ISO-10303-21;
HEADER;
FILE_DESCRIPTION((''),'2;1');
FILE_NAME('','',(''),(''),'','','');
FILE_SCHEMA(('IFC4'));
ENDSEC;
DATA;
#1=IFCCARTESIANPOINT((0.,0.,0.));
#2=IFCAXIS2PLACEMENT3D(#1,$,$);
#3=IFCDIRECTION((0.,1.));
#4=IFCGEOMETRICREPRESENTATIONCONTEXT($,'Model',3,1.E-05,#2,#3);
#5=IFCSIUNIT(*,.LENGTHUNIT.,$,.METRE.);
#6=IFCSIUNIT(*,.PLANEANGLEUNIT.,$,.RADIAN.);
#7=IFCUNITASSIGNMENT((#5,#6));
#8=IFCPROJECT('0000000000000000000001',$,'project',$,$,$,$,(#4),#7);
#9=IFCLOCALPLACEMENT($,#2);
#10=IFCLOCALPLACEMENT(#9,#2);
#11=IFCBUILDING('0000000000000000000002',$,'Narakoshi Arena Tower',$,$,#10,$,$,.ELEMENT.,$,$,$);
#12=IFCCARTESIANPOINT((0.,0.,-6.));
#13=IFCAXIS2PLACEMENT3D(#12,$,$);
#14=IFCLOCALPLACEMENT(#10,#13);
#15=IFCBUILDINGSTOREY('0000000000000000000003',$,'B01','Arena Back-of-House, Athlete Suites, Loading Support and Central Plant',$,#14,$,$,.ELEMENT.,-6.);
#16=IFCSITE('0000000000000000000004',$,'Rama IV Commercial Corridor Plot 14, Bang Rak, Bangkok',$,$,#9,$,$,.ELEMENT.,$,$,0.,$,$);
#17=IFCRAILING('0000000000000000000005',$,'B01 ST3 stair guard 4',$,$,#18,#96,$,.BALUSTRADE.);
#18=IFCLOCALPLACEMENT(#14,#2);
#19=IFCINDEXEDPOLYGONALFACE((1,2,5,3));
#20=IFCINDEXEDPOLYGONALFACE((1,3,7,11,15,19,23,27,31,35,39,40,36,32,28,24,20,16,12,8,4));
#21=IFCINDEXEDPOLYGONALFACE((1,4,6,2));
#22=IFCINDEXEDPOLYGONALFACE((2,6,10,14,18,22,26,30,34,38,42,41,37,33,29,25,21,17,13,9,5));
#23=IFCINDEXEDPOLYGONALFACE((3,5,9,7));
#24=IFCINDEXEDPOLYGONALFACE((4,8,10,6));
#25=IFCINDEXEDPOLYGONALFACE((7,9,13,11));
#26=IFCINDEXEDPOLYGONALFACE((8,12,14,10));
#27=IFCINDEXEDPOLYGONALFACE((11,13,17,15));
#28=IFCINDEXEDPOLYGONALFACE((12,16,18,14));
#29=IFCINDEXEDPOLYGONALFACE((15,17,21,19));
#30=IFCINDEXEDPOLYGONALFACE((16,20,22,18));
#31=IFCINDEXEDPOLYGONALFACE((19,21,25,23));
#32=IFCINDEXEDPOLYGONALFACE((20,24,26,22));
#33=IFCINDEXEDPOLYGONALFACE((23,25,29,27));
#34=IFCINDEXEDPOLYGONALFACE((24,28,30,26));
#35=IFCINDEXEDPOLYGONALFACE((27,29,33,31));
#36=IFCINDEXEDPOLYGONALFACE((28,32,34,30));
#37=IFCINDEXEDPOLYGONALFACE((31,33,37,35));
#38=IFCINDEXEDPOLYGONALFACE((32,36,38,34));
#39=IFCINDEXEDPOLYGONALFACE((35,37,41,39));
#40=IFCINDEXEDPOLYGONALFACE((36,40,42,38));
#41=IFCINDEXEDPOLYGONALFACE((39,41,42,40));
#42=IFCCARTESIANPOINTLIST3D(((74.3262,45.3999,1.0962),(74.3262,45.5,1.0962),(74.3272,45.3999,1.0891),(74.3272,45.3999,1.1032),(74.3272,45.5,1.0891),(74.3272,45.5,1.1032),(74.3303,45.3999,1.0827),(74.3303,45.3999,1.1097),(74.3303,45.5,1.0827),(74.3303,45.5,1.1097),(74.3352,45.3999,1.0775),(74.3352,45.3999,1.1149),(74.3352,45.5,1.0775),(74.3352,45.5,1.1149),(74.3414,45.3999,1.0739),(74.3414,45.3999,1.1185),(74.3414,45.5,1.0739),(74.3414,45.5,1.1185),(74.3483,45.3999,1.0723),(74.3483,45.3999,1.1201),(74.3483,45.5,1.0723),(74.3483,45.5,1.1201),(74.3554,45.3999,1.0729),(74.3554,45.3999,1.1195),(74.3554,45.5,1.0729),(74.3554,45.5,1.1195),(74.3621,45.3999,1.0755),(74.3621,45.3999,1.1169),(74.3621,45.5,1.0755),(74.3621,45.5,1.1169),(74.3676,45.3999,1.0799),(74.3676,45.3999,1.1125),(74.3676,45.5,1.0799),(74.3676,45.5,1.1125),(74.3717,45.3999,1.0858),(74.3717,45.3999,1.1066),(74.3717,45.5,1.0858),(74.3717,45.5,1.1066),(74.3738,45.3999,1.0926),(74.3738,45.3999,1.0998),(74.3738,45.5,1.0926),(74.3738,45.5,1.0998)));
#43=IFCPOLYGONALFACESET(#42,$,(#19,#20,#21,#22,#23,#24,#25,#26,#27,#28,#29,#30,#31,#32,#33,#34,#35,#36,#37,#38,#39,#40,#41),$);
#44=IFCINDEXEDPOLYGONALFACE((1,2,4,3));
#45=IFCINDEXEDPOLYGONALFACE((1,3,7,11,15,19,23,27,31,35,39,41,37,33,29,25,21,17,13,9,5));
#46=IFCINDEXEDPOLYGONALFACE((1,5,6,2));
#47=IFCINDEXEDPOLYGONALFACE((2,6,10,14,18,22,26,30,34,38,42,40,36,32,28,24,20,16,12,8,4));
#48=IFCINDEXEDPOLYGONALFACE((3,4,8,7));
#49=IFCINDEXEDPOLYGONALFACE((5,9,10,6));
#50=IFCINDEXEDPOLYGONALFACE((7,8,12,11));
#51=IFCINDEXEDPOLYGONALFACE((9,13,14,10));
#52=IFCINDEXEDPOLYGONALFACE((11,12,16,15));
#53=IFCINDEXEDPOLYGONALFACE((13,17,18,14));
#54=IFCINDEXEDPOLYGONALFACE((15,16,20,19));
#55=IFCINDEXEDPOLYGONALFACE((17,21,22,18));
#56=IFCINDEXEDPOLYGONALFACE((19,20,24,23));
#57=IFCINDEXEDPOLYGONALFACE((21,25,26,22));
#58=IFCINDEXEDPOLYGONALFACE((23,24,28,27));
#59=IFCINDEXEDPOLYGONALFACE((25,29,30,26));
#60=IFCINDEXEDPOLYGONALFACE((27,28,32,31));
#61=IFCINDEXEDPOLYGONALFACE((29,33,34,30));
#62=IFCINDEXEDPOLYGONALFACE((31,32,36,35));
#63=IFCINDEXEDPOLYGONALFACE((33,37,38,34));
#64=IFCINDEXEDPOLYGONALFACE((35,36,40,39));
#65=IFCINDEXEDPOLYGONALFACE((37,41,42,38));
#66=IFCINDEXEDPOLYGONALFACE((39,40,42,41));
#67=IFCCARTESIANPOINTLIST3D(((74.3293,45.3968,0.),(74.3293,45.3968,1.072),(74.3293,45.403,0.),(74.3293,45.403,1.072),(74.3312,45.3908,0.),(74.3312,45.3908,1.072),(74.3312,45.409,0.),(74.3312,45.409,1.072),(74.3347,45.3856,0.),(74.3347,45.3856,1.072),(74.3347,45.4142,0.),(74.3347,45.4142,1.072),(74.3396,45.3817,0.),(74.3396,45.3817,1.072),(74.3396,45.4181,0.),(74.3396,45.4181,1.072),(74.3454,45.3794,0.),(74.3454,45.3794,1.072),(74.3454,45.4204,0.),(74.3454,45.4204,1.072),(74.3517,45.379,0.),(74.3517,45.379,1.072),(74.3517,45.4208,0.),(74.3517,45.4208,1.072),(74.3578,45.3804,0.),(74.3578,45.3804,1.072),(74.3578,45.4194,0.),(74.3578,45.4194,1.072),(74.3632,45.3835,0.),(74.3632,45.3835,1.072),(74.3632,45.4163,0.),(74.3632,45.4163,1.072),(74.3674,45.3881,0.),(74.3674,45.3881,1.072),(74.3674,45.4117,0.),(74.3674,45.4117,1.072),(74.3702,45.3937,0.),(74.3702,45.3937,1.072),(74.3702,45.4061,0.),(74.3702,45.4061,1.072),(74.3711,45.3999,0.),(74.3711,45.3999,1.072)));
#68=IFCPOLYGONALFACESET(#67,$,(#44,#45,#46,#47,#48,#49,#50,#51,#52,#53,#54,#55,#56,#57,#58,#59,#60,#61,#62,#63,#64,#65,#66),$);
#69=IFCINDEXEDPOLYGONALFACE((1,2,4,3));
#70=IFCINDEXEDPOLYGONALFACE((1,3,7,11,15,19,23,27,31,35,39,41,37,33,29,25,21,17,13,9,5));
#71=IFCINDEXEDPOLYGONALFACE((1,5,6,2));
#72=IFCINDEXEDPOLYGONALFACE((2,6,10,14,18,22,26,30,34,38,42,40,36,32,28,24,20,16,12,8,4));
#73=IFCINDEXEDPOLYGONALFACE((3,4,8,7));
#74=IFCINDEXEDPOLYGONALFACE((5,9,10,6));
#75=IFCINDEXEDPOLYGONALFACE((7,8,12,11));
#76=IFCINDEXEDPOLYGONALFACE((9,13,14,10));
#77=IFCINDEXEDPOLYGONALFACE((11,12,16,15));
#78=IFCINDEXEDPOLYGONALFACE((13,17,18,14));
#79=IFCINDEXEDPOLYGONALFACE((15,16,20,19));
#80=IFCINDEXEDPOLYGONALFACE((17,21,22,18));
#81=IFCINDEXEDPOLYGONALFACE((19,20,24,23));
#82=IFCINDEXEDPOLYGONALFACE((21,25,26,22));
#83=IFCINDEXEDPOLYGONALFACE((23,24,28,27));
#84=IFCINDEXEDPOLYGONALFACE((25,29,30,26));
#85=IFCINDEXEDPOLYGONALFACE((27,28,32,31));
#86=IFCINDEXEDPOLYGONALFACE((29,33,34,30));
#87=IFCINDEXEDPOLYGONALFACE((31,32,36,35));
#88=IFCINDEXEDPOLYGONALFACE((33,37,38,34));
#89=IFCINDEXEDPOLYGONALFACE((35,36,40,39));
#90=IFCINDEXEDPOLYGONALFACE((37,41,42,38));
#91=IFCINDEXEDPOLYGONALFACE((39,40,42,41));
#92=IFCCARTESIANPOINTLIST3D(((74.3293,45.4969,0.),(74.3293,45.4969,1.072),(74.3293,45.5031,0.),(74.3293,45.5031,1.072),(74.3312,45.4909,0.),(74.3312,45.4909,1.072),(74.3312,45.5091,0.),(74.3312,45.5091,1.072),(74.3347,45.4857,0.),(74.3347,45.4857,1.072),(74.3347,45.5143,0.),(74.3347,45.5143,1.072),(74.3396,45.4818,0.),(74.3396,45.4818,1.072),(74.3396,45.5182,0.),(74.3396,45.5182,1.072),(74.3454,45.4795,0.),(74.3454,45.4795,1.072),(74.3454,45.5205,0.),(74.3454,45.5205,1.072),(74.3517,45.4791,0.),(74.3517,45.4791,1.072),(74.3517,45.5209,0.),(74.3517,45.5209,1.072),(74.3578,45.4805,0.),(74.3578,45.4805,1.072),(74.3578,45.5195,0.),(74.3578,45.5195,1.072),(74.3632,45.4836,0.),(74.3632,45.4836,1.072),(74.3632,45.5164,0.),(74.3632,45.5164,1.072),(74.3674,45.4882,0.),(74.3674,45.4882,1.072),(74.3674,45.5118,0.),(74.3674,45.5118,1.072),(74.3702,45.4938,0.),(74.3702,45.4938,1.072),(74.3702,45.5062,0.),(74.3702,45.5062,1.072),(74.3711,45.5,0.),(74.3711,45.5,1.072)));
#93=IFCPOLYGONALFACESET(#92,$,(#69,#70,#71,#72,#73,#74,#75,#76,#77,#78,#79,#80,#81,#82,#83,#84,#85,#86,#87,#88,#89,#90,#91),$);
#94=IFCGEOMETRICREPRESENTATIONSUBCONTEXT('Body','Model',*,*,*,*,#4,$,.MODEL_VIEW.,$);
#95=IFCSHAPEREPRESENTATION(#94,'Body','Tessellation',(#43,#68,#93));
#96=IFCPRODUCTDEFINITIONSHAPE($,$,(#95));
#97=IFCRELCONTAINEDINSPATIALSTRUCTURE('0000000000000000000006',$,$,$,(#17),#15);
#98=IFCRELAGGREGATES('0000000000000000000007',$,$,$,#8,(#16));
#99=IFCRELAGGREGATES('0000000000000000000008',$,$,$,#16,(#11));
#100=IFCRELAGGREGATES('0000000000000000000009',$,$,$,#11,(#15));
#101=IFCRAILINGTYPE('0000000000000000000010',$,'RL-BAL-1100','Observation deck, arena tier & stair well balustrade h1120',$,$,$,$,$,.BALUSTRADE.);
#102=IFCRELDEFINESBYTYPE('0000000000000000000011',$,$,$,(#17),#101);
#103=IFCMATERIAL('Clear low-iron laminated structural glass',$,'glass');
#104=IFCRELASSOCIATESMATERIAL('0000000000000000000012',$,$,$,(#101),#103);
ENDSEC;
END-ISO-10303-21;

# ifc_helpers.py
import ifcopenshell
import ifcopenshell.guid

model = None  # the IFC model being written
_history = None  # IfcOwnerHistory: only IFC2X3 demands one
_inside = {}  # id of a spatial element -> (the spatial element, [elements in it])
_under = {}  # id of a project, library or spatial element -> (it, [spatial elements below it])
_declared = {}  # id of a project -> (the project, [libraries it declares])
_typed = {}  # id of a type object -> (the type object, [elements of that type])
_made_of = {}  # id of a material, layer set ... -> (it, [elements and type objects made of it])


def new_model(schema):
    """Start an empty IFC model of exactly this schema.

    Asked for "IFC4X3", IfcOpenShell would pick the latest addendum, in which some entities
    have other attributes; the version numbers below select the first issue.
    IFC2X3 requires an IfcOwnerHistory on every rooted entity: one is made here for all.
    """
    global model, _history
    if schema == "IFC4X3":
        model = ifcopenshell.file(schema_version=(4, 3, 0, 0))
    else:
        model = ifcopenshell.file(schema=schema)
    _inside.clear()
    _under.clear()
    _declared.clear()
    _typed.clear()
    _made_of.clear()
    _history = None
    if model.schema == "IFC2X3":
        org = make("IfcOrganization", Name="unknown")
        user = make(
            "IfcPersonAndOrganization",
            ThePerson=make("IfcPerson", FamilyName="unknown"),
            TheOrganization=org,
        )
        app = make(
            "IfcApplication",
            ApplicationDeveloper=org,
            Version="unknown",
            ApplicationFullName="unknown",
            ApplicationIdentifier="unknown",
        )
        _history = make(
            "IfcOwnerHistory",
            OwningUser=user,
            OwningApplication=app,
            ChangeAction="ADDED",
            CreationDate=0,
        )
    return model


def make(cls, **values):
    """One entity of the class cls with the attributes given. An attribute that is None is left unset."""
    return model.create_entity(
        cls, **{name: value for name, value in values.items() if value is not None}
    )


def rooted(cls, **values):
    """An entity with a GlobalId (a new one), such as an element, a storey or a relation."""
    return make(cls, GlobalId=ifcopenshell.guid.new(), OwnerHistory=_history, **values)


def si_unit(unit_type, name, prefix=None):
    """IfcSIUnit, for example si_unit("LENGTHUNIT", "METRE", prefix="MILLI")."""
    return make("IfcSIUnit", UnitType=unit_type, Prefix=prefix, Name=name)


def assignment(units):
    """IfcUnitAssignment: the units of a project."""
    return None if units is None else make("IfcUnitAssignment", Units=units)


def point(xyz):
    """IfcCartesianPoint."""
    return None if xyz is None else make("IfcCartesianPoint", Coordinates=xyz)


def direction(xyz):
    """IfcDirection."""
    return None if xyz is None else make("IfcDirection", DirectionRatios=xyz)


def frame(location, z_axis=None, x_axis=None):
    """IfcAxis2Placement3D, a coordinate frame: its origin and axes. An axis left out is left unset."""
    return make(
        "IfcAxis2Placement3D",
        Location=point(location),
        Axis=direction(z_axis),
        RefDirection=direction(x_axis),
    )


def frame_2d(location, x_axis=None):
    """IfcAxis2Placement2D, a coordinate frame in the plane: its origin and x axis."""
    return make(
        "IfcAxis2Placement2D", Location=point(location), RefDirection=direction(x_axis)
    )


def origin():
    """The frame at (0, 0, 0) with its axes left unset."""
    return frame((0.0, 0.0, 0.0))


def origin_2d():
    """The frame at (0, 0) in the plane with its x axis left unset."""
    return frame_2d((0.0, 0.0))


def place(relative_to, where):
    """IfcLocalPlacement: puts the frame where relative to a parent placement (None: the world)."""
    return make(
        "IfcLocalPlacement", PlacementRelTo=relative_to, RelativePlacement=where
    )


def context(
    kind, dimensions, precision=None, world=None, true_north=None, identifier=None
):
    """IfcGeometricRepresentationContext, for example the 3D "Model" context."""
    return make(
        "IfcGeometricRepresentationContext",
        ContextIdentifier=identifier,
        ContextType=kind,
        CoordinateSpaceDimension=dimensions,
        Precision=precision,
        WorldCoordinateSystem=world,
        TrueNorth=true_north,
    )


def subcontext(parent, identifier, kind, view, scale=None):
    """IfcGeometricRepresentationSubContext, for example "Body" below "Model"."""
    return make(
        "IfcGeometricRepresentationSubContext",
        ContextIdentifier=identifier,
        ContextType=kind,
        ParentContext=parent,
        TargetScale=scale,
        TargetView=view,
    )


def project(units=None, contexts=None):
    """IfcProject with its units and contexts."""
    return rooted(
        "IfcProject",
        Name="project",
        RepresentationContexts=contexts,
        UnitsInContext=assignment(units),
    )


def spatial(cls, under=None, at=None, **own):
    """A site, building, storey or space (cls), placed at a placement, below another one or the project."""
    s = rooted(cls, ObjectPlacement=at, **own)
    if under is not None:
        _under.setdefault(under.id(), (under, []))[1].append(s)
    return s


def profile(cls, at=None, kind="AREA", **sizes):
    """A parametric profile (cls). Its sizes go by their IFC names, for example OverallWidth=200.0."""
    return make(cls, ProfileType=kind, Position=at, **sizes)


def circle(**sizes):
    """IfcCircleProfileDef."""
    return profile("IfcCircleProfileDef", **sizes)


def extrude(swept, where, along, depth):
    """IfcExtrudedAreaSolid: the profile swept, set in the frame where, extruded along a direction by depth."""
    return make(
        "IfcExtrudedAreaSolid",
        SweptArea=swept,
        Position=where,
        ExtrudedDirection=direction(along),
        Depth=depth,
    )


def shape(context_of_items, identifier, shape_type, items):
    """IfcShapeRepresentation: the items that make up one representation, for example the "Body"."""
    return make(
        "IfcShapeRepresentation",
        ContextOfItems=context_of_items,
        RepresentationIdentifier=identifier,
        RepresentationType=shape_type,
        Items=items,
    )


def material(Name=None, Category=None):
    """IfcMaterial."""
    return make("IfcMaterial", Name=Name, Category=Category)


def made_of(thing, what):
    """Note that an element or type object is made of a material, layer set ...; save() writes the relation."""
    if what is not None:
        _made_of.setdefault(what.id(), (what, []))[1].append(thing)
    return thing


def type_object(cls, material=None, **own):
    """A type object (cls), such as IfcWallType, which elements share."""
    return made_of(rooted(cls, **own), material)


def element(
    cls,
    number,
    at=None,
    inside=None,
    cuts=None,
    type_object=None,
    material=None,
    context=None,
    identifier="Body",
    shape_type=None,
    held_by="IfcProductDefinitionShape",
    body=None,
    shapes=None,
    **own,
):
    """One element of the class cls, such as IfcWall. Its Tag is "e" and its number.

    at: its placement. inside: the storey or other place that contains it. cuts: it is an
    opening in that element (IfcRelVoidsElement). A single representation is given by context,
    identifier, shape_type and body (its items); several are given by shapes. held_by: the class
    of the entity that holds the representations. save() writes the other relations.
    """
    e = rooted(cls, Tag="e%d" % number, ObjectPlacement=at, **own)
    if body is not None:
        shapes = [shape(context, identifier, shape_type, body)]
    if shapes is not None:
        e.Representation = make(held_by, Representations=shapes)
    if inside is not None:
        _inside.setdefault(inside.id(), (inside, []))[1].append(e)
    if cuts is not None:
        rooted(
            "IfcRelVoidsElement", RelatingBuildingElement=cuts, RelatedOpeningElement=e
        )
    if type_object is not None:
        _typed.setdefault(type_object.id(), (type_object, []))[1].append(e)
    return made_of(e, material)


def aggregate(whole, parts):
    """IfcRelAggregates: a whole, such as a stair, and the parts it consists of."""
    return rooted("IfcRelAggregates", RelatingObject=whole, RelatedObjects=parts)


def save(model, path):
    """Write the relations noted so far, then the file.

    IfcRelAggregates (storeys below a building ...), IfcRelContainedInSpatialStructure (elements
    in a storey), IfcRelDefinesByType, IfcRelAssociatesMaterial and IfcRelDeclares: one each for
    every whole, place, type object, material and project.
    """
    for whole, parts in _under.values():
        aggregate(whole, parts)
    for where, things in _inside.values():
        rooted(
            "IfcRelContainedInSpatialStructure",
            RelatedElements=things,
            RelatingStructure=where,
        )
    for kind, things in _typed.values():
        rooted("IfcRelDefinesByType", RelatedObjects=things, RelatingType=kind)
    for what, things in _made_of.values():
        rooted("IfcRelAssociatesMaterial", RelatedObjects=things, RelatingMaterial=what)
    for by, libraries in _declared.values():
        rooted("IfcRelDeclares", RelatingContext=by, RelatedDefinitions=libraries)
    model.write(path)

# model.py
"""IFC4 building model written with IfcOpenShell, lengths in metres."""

from ifc_helpers import new_model, si_unit, direction, frame, origin, origin_2d, place, context, subcontext, project, spatial, circle, extrude, material, type_object, element, save


model = new_model("IFC4")

# Units and contexts
model_context = context("Model", 3, precision=1e-05, world=origin(), true_north=direction((0.0, 1.0)))
body_context = subcontext(model_context, "Body", "Model", "MODEL_VIEW")
ifc_project = project(units=[si_unit("LENGTHUNIT", "METRE"), si_unit("PLANEANGLEUNIT", "RADIAN")], contexts=[model_context])

# Site, building, storey
site_placement = place(None, origin())
site = spatial("IfcSite", under=ifc_project, at=site_placement, Name="Rama IV Commercial Corridor Plot 14, Bang Rak, Bangkok", CompositionType="ELEMENT", RefElevation=0.0)
building_placement = place(site_placement, origin())
building = spatial("IfcBuilding", under=site, at=building_placement, Name="Narakoshi Arena Tower", CompositionType="ELEMENT")
storey_placement = place(building_placement, frame((0.0, 0.0, -6.0)))
storey = spatial("IfcBuildingStorey", under=building, at=storey_placement, Name="B01", Description="Arena Back-of-House, Athlete Suites, Loading Support and Central Plant", CompositionType="ELEMENT", Elevation=-6.0)

# Railing
ifc_material_1 = material(Name="Clear low-iron laminated structural glass", Category="glass")
railing_type_1 = type_object("IfcRailingType", Name="RL-BAL-1100", Description="Observation deck, arena tier & stair well balustrade h1120", PredefinedType="BALUSTRADE", material=ifc_material_1)
railing_1_placement = place(storey_placement, frame((74.3501, 45.3999, 0.0)))
element("IfcRailing", 1, at=railing_1_placement, inside=storey, type_object=railing_type_1, Name="B01 ST3 stair guard 4", PredefinedType="BALUSTRADE", context=body_context, shape_type="SweptSolid", body=[
    extrude(circle(Radius=0.0239, at=origin_2d()), frame((0.0, 0.0, 1.0962), z_axis=(0.0, 1.0, 0.0), x_axis=(-1.0, 0.0, 0.0)), (0.0, 0.0, 1.0), 0.1001),
    extrude(circle(Radius=0.021, at=origin_2d()), origin(), (0.0, 0.0, 1.0), 1.072),
    extrude(circle(Radius=0.021, at=origin_2d()), frame((0.0, 0.1001, 0.0)), (0.0, 0.0, 1.0), 1.072),
])

save(model, "model.ifc")
